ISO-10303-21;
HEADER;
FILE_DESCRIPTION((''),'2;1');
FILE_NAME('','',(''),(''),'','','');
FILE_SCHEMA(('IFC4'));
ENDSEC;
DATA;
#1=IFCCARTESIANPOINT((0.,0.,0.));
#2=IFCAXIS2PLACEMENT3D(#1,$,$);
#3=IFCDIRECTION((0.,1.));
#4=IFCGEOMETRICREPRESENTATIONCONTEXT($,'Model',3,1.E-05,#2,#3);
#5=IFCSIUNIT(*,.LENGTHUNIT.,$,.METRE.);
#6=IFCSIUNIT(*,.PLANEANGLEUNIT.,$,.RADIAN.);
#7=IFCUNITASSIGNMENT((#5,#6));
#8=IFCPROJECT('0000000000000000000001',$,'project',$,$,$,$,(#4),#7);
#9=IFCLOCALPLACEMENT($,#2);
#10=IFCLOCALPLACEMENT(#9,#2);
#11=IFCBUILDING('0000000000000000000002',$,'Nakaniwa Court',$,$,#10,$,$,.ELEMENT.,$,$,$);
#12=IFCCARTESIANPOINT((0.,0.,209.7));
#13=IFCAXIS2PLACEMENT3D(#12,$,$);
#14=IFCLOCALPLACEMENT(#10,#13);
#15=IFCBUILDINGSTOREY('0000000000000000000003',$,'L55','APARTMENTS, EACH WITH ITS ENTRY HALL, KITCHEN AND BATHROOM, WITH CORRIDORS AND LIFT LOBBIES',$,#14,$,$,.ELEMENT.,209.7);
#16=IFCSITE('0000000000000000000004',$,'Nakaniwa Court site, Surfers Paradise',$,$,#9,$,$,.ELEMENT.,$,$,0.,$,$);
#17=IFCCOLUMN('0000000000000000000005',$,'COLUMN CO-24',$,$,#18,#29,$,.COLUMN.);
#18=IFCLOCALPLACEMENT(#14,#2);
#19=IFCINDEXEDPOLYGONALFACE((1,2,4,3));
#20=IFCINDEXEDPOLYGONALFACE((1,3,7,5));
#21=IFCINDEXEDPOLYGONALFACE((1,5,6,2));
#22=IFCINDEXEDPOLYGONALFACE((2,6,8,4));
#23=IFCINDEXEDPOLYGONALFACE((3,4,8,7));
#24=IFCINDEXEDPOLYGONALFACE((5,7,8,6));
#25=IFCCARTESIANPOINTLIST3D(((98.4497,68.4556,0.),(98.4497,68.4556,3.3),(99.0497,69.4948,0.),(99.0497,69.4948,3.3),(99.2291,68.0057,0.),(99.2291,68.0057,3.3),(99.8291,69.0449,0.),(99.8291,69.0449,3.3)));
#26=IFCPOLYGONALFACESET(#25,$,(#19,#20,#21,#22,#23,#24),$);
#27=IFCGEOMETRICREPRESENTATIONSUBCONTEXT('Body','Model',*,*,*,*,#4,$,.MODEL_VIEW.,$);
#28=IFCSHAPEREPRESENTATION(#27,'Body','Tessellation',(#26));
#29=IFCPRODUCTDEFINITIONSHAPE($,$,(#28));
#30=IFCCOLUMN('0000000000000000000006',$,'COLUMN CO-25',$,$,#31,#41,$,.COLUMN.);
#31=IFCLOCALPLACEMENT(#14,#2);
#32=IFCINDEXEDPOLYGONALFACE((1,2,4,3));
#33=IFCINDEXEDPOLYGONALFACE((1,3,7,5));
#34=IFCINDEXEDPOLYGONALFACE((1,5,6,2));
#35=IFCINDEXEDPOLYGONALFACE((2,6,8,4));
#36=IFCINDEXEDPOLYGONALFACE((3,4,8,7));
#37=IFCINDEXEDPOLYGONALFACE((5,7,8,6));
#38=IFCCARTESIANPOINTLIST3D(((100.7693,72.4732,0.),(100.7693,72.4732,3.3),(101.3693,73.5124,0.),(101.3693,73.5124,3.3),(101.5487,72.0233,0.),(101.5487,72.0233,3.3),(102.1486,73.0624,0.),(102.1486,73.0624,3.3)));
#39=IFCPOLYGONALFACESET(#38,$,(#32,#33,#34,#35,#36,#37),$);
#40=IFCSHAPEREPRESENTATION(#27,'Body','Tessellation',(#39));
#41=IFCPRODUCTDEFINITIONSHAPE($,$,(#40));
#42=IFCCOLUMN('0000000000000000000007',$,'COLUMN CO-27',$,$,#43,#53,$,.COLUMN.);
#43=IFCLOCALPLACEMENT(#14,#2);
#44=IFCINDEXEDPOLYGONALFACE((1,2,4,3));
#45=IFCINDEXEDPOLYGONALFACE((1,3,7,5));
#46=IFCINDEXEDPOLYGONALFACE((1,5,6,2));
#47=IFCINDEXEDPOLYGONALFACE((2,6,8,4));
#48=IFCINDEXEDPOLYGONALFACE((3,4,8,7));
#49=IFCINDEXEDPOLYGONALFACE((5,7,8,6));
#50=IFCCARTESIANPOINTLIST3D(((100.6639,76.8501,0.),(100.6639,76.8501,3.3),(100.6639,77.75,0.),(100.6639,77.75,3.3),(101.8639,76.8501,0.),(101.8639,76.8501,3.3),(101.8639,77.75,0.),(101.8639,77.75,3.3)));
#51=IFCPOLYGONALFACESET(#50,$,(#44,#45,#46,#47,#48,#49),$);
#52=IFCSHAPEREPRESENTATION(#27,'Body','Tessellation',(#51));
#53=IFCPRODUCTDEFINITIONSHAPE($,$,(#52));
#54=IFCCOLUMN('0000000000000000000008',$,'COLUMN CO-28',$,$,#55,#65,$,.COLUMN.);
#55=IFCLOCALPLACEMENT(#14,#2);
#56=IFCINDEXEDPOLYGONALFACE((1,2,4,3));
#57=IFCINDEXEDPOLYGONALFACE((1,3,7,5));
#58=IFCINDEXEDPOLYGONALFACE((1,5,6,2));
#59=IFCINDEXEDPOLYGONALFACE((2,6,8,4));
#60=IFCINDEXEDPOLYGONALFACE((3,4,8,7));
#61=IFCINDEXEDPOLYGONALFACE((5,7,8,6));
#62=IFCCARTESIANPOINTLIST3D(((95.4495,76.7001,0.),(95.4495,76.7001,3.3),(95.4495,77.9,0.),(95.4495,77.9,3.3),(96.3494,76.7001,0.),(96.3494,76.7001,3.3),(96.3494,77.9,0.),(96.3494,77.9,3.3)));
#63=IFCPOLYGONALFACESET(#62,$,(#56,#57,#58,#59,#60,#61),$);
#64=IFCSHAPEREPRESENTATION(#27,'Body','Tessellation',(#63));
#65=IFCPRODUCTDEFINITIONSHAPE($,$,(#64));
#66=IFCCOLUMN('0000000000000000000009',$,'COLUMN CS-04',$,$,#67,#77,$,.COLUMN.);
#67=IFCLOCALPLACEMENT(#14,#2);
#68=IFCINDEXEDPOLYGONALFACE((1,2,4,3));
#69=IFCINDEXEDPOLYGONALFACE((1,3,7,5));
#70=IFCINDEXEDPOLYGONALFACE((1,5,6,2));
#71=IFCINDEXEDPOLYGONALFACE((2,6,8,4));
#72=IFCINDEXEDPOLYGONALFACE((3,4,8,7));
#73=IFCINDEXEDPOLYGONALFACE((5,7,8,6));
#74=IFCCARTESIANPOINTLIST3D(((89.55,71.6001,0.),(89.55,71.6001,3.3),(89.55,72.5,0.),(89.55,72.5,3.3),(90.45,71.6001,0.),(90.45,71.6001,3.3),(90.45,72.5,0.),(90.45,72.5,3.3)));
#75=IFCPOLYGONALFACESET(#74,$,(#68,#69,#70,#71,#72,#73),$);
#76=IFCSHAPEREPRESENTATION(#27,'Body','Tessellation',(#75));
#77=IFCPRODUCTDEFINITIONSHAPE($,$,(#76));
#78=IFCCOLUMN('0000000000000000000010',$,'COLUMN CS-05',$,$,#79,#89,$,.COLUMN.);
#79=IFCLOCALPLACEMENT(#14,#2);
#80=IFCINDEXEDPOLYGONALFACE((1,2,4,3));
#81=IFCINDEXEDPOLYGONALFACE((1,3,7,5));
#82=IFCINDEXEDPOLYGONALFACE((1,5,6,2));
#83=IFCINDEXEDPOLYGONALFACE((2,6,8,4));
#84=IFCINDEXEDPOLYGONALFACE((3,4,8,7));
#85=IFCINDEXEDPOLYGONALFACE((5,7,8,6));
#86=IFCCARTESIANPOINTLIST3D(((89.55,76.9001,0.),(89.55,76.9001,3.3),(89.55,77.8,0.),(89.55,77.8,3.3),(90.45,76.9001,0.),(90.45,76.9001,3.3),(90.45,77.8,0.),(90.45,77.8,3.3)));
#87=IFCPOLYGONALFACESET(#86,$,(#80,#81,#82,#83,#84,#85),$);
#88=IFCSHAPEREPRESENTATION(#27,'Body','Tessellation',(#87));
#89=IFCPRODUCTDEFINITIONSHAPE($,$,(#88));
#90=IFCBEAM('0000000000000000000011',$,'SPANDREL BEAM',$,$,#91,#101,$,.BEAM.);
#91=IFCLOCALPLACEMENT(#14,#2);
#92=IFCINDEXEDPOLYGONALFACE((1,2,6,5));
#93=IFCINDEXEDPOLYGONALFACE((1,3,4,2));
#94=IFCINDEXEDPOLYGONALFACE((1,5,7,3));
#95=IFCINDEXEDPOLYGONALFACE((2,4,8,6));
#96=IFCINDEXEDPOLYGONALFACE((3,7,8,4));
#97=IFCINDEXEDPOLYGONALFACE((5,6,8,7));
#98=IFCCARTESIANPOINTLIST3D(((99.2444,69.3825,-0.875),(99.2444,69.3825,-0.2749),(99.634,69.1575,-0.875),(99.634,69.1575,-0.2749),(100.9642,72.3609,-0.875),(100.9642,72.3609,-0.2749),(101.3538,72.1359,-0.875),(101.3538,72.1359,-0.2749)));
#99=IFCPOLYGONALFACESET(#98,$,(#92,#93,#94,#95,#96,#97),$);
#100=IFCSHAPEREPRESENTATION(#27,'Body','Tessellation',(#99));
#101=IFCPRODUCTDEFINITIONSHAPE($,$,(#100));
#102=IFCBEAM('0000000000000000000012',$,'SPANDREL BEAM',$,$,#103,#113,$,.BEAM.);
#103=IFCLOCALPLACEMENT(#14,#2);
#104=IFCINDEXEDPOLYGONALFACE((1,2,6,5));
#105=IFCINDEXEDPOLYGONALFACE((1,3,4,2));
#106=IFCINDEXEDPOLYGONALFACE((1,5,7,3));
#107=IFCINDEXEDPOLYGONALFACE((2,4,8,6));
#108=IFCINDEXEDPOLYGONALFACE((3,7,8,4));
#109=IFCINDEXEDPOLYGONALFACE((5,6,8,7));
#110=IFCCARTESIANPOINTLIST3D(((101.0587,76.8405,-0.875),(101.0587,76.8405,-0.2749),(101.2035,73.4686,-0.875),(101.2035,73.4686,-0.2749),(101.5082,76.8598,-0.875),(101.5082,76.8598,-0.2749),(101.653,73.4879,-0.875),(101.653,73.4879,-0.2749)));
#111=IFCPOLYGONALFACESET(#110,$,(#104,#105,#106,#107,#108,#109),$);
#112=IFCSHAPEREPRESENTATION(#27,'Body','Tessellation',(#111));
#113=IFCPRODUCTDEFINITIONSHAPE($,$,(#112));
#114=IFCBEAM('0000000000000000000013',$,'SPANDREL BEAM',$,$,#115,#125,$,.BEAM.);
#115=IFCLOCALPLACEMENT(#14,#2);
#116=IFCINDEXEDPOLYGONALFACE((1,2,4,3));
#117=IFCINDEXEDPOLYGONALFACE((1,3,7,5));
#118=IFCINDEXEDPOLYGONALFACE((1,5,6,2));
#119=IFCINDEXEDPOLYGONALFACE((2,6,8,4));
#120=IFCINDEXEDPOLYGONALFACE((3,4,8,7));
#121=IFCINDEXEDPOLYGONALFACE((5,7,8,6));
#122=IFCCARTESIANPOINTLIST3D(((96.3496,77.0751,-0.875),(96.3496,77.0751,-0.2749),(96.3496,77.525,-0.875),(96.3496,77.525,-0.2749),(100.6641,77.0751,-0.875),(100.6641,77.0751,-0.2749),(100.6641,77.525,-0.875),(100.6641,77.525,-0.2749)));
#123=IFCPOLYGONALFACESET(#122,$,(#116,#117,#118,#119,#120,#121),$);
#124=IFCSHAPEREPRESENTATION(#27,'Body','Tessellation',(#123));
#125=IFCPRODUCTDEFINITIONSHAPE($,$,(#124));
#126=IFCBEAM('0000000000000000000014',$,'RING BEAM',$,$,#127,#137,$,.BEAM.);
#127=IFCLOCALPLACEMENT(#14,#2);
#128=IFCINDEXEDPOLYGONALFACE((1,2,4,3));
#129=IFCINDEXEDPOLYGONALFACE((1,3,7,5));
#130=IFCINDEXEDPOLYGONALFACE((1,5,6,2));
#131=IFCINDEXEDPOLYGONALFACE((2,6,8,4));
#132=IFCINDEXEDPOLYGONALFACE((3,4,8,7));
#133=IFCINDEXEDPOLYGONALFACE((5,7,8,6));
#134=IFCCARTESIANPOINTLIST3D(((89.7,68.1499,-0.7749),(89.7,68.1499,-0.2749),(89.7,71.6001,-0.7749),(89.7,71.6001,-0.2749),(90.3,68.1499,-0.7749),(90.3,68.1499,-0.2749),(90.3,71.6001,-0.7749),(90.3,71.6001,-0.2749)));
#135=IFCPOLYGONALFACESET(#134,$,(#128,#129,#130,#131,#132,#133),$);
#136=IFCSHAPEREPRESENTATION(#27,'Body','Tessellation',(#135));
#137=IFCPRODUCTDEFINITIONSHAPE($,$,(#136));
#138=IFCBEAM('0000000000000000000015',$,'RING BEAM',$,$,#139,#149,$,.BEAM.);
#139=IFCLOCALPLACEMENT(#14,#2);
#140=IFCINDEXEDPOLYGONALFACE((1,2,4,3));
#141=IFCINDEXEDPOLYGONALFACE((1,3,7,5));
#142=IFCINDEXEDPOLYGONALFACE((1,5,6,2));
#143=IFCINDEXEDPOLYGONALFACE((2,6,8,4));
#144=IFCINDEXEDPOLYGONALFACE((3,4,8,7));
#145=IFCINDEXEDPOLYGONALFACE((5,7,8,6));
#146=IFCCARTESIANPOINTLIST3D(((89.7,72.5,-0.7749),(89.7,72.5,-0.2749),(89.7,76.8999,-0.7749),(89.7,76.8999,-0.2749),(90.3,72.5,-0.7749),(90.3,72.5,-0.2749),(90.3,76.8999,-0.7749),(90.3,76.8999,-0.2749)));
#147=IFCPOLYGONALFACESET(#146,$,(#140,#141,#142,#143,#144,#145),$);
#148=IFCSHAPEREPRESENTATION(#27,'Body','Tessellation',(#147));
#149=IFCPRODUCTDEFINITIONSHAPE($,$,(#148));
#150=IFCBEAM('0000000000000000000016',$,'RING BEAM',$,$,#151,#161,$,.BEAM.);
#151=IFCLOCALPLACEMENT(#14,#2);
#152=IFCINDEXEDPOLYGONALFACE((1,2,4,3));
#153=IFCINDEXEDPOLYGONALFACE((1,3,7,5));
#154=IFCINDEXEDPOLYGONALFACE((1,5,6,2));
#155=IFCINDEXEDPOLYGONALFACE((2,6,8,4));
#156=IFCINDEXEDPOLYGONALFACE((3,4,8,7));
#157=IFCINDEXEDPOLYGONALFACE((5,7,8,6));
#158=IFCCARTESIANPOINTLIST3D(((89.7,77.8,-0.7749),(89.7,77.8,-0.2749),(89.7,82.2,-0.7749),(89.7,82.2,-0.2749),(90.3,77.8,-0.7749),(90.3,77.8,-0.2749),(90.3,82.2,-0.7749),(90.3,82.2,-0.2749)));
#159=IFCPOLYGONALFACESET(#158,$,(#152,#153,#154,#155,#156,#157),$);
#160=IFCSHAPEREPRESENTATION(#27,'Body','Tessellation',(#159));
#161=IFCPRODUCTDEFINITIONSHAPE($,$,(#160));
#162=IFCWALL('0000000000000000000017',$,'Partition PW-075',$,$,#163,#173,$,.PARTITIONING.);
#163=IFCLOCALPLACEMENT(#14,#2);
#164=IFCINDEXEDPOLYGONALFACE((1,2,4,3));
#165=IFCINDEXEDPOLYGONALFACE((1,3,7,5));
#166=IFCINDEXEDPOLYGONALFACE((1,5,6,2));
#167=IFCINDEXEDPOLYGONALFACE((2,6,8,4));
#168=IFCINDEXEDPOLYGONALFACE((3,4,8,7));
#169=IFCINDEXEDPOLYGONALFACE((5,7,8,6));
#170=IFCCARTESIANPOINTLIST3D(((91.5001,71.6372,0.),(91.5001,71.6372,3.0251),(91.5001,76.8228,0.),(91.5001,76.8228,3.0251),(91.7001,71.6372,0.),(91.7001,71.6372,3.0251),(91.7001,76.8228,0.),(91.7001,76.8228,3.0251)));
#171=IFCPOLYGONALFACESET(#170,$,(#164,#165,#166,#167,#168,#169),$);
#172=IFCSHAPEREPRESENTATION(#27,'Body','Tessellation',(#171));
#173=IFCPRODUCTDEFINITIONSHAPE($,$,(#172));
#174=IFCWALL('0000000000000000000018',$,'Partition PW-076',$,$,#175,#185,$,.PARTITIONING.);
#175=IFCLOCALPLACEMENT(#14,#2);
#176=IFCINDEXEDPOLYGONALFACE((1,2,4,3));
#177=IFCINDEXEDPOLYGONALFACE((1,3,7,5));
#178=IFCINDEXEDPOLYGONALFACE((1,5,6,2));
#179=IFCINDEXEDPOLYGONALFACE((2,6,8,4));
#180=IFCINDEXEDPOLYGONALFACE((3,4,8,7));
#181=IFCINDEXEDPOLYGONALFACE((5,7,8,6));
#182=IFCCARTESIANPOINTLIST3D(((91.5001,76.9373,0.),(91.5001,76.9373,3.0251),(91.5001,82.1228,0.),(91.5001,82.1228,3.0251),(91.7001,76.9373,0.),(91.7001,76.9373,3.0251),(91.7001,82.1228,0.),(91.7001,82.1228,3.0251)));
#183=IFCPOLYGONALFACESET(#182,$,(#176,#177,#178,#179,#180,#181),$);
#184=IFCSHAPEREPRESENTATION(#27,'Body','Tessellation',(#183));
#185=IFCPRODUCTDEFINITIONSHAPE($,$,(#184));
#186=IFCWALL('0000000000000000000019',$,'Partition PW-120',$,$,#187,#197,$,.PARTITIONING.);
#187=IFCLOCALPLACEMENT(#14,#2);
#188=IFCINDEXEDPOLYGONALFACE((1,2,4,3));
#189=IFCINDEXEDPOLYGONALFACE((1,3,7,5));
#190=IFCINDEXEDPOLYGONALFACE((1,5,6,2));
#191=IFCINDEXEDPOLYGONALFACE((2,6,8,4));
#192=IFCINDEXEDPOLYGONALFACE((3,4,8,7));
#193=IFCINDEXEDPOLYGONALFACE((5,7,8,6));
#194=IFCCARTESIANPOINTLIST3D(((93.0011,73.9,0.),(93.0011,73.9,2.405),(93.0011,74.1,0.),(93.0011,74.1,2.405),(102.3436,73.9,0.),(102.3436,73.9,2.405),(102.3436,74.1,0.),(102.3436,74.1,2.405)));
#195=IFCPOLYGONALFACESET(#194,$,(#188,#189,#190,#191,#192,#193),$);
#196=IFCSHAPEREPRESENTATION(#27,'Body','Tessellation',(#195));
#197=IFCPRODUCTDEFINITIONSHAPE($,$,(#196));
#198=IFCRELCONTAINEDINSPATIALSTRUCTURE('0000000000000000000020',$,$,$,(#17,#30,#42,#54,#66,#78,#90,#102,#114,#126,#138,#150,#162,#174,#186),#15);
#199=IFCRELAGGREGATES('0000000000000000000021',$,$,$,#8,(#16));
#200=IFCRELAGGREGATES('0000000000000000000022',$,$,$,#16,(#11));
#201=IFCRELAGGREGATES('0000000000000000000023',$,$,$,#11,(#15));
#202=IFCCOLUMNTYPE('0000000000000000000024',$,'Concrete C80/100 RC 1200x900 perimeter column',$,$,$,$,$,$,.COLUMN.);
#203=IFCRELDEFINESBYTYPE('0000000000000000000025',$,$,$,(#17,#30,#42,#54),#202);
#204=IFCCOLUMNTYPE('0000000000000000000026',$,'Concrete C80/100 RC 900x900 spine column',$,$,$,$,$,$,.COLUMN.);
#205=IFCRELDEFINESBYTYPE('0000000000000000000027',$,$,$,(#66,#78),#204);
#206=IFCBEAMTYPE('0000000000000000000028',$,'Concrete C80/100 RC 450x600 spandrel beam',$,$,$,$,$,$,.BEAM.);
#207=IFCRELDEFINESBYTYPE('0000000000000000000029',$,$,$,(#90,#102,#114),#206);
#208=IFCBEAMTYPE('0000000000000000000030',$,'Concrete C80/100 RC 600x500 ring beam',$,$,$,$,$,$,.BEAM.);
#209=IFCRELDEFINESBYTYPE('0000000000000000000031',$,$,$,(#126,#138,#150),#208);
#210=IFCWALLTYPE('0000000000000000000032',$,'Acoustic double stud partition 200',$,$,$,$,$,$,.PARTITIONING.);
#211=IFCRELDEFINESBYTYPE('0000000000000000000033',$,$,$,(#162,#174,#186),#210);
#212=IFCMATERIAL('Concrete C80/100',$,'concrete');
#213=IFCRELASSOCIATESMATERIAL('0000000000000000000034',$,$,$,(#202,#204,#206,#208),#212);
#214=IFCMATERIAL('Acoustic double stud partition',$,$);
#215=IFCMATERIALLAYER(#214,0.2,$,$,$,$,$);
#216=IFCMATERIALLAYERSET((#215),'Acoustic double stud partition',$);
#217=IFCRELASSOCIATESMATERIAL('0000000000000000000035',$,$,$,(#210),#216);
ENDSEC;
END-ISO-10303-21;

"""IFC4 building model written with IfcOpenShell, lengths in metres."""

from ifc_helpers import new_model, si_unit, direction, frame, frame_2d, origin, origin_2d, place, context, subcontext, project, spatial, rectangle, extrude, material, layer, layer_set, material_profile, profile_set, type_object, element, save


model = new_model("IFC4")

# Units and contexts
model_context = context("Model", 3, precision=1e-05, world=origin(), true_north=direction((0.0, 1.0)))
body_context = subcontext(model_context, "Body", "Model", "MODEL_VIEW")
ifc_project = project(units=[si_unit("LENGTHUNIT", "METRE"), si_unit("PLANEANGLEUNIT", "RADIAN")], contexts=[model_context])

# Site, building, storey
site_placement = place(None, origin())
site = spatial("IfcSite", under=ifc_project, at=site_placement, Name="Nakaniwa Court site, Surfers Paradise", CompositionType="ELEMENT", RefElevation=0.0)
building_placement = place(site_placement, origin())
building = spatial("IfcBuilding", under=site, at=building_placement, Name="Nakaniwa Court", CompositionType="ELEMENT")
storey_placement = place(building_placement, frame((0.0, 0.0, 209.7)))
storey = spatial("IfcBuildingStorey", under=building, at=storey_placement, Name="L55", Description="APARTMENTS, EACH WITH ITS ENTRY HALL, KITCHEN AND BATHROOM, WITH CORRIDORS AND LIFT LOBBIES", CompositionType="ELEMENT", Elevation=209.7)

# Columns
ifc_material_1 = material(Name="Concrete C80/100", Category="concrete")
ifc_material_profile_1 = material_profile(ifc_material_1, rectangle(XDim=1.2, YDim=0.8999, at=origin_2d()), Name="Concrete C80/100 RC 1200x900 perimeter column")
ifc_profile_set_1 = profile_set([ifc_material_profile_1], Name="Concrete C80/100")
column_type_1 = type_object("IfcColumnType", Name="Concrete C80/100 RC 1200x900 perimeter column", PredefinedType="COLUMN", material=ifc_profile_set_1)
for number, where, z_axis, x_axis, name in (
    (1, (99.1394, 68.7502, 0.0), (0.0, 0.0, 1.0), (0.5, 0.866025, 0.0), "COLUMN CO-24"),
    (2, (101.459, 72.7678, 0.0), (0.0, 0.0, 1.0), (0.5, 0.866025, 0.0), "COLUMN CO-25"),
    (3, (101.2639, 77.3, 0.0), (0.0, 0.0, 1.0), (-1.0, 0.0, 0.0), "COLUMN CO-27"),
    (4, (95.8994, 77.3, 0.0), (0.0, 0.0, 1.0), (0.0, 1.0, 0.0), "COLUMN CO-28"),
):
    element("IfcColumn", number, at=place(storey_placement, frame(where, z_axis=z_axis, x_axis=x_axis)), inside=storey, type_object=column_type_1, Name=name, PredefinedType="COLUMN", context=body_context, shape_type="SweptSolid", body=[
        extrude(rectangle(XDim=1.2, YDim=0.8999, at=origin_2d()), origin(), (0.0, 0.0, 1.0), 3.3),
    ])
ifc_material_profile_2 = material_profile(ifc_material_1, rectangle(XDim=0.8999, YDim=0.8999, at=origin_2d()), Name="Concrete C80/100 RC 900x900 spine column")
ifc_profile_set_2 = profile_set([ifc_material_profile_2], Name="Concrete C80/100")
column_type_2 = type_object("IfcColumnType", Name="Concrete C80/100 RC 900x900 spine column", PredefinedType="COLUMN", material=ifc_profile_set_2)
for number, where, z_axis, x_axis, name in (
    (5, (90.0, 72.05, 0.0), (0.0, 0.0, 1.0), (0.0, 1.0, 0.0), "COLUMN CS-04"),
    (6, (90.0, 77.3501, 0.0), (0.0, 0.0, 1.0), (0.0, 1.0, 0.0), "COLUMN CS-05"),
):
    element("IfcColumn", number, at=place(storey_placement, frame(where, z_axis=z_axis, x_axis=x_axis)), inside=storey, type_object=column_type_2, Name=name, PredefinedType="COLUMN", context=body_context, shape_type="SweptSolid", body=[
        extrude(rectangle(XDim=0.8999, YDim=0.8999, at=origin_2d()), origin(), (0.0, 0.0, 1.0), 3.3),
    ])

# Beams
ifc_material_profile_3 = material_profile(ifc_material_1, rectangle(XDim=0.45, YDim=0.6001, at=origin_2d()), Name="Concrete C80/100 RC 450x600 spandrel beam")
ifc_profile_set_3 = profile_set([ifc_material_profile_3], Name="Concrete C80/100")
beam_type_1 = type_object("IfcBeamType", Name="Concrete C80/100 RC 450x600 spandrel beam", PredefinedType="BEAM", material=ifc_profile_set_3)
beam_1_placement = place(storey_placement, frame((99.4392, 69.27, -0.575), z_axis=(0.500048, 0.865998, 0.0), x_axis=(-0.865998, 0.500048, 0.0)))
element("IfcBeam", 7, at=beam_1_placement, inside=storey, type_object=beam_type_1, Name="SPANDREL BEAM", PredefinedType="BEAM", context=body_context, shape_type="SweptSolid", body=[
    extrude(rectangle(XDim=0.45, YDim=0.6001, at=origin_2d()), origin(), (0.0, 0.0, 1.0), 3.4392),
])
beam_2_placement = place(storey_placement, frame((101.4282, 73.4783, -0.575), z_axis=(-0.042897, 0.999079, 0.0), x_axis=(-0.999079, -0.042897, 0.0)))
element("IfcBeam", 8, at=beam_2_placement, inside=storey, type_object=beam_type_1, Name="SPANDREL BEAM", PredefinedType="BEAM", context=body_context, shape_type="SweptSolid", body=[
    extrude(rectangle(XDim=0.45, YDim=0.6001, at=origin_2d()), origin(), (0.0, 0.0, 1.0), 3.375),
])
beam_3_placement = place(storey_placement, frame((100.6641, 77.3, -0.575), z_axis=(-1.0, 0.0, 0.0), x_axis=(0.0, -1.0, 0.0)))
element("IfcBeam", 9, at=beam_3_placement, inside=storey, type_object=beam_type_1, Name="SPANDREL BEAM", PredefinedType="BEAM", context=body_context, shape_type="SweptSolid", body=[
    extrude(rectangle(XDim=0.45, YDim=0.6001, at=origin_2d()), origin(), (0.0, 0.0, 1.0), 4.3145),
])
ifc_material_profile_4 = material_profile(ifc_material_1, rectangle(XDim=0.6001, YDim=0.5, at=origin_2d()), Name="Concrete C80/100 RC 600x500 ring beam")
ifc_profile_set_4 = profile_set([ifc_material_profile_4], Name="Concrete C80/100")
beam_type_2 = type_object("IfcBeamType", Name="Concrete C80/100 RC 600x500 ring beam", PredefinedType="BEAM", material=ifc_profile_set_4)
beam_4_placement = place(storey_placement, frame((90.0, 68.1499, -0.5249), z_axis=(0.0, 1.0, 0.0), x_axis=(-1.0, 0.0, 0.0)))
element("IfcBeam", 10, at=beam_4_placement, inside=storey, type_object=beam_type_2, Name="RING BEAM", PredefinedType="BEAM", context=body_context, shape_type="SweptSolid", body=[
    extrude(rectangle(XDim=0.6001, YDim=0.5, at=origin_2d()), origin(), (0.0, 0.0, 1.0), 3.4502),
])
for number, where, z_axis, x_axis, name in (
    (11, (90.0, 72.5, -0.5249), (0.0, 1.0, 0.0), (-1.0, 0.0, 0.0), "RING BEAM"),
    (12, (90.0, 77.8, -0.5249), (0.0, 1.0, 0.0), (-1.0, 0.0, 0.0), "RING BEAM"),
):
    element("IfcBeam", number, at=place(storey_placement, frame(where, z_axis=z_axis, x_axis=x_axis)), inside=storey, type_object=beam_type_2, Name=name, PredefinedType="BEAM", context=body_context, shape_type="SweptSolid", body=[
        extrude(rectangle(XDim=0.6001, YDim=0.5, at=origin_2d()), origin(), (0.0, 0.0, 1.0), 4.3999),
    ])

# Walls
ifc_material_2 = material(Name="Acoustic double stud partition")
ifc_layer_1 = layer(ifc_material_2, 0.2)
ifc_layer_set_1 = layer_set([ifc_layer_1], Name="Acoustic double stud partition")
wall_type_1 = type_object("IfcWallType", Name="Acoustic double stud partition 200", PredefinedType="PARTITIONING", material=ifc_layer_set_1)
for number, where, z_axis, x_axis, name in (
    (13, (91.6001, 71.6372, 0.0), (0.0, 0.0, 1.0), (0.0, 1.0, 0.0), "Partition PW-075"),
    (14, (91.6001, 76.9373, 0.0), (0.0, 0.0, 1.0), (0.0, 1.0, 0.0), "Partition PW-076"),
):
    element("IfcWall", number, at=place(storey_placement, frame(where, z_axis=z_axis, x_axis=x_axis)), inside=storey, type_object=wall_type_1, Name=name, PredefinedType="PARTITIONING", context=body_context, shape_type="SweptSolid", body=[
        extrude(rectangle(XDim=5.1855, YDim=0.2, at=frame_2d((2.5928, 0.0))), origin(), (0.0, 0.0, 1.0), 3.0251),
    ])
wall_1_placement = place(storey_placement, frame((93.001, 74.0, 0.0), z_axis=(0.0, 0.0, 1.0), x_axis=(1.0, 0.0, 0.0)))
element("IfcWall", 15, at=wall_1_placement, inside=storey, type_object=wall_type_1, Name="Partition PW-120", PredefinedType="PARTITIONING", context=body_context, shape_type="SweptSolid", body=[
    extrude(rectangle(XDim=9.3425, YDim=0.2, at=frame_2d((4.6714, 0.0))), origin(), (0.0, 0.0, 1.0), 2.405),
])

save(model, "model.ifc")
